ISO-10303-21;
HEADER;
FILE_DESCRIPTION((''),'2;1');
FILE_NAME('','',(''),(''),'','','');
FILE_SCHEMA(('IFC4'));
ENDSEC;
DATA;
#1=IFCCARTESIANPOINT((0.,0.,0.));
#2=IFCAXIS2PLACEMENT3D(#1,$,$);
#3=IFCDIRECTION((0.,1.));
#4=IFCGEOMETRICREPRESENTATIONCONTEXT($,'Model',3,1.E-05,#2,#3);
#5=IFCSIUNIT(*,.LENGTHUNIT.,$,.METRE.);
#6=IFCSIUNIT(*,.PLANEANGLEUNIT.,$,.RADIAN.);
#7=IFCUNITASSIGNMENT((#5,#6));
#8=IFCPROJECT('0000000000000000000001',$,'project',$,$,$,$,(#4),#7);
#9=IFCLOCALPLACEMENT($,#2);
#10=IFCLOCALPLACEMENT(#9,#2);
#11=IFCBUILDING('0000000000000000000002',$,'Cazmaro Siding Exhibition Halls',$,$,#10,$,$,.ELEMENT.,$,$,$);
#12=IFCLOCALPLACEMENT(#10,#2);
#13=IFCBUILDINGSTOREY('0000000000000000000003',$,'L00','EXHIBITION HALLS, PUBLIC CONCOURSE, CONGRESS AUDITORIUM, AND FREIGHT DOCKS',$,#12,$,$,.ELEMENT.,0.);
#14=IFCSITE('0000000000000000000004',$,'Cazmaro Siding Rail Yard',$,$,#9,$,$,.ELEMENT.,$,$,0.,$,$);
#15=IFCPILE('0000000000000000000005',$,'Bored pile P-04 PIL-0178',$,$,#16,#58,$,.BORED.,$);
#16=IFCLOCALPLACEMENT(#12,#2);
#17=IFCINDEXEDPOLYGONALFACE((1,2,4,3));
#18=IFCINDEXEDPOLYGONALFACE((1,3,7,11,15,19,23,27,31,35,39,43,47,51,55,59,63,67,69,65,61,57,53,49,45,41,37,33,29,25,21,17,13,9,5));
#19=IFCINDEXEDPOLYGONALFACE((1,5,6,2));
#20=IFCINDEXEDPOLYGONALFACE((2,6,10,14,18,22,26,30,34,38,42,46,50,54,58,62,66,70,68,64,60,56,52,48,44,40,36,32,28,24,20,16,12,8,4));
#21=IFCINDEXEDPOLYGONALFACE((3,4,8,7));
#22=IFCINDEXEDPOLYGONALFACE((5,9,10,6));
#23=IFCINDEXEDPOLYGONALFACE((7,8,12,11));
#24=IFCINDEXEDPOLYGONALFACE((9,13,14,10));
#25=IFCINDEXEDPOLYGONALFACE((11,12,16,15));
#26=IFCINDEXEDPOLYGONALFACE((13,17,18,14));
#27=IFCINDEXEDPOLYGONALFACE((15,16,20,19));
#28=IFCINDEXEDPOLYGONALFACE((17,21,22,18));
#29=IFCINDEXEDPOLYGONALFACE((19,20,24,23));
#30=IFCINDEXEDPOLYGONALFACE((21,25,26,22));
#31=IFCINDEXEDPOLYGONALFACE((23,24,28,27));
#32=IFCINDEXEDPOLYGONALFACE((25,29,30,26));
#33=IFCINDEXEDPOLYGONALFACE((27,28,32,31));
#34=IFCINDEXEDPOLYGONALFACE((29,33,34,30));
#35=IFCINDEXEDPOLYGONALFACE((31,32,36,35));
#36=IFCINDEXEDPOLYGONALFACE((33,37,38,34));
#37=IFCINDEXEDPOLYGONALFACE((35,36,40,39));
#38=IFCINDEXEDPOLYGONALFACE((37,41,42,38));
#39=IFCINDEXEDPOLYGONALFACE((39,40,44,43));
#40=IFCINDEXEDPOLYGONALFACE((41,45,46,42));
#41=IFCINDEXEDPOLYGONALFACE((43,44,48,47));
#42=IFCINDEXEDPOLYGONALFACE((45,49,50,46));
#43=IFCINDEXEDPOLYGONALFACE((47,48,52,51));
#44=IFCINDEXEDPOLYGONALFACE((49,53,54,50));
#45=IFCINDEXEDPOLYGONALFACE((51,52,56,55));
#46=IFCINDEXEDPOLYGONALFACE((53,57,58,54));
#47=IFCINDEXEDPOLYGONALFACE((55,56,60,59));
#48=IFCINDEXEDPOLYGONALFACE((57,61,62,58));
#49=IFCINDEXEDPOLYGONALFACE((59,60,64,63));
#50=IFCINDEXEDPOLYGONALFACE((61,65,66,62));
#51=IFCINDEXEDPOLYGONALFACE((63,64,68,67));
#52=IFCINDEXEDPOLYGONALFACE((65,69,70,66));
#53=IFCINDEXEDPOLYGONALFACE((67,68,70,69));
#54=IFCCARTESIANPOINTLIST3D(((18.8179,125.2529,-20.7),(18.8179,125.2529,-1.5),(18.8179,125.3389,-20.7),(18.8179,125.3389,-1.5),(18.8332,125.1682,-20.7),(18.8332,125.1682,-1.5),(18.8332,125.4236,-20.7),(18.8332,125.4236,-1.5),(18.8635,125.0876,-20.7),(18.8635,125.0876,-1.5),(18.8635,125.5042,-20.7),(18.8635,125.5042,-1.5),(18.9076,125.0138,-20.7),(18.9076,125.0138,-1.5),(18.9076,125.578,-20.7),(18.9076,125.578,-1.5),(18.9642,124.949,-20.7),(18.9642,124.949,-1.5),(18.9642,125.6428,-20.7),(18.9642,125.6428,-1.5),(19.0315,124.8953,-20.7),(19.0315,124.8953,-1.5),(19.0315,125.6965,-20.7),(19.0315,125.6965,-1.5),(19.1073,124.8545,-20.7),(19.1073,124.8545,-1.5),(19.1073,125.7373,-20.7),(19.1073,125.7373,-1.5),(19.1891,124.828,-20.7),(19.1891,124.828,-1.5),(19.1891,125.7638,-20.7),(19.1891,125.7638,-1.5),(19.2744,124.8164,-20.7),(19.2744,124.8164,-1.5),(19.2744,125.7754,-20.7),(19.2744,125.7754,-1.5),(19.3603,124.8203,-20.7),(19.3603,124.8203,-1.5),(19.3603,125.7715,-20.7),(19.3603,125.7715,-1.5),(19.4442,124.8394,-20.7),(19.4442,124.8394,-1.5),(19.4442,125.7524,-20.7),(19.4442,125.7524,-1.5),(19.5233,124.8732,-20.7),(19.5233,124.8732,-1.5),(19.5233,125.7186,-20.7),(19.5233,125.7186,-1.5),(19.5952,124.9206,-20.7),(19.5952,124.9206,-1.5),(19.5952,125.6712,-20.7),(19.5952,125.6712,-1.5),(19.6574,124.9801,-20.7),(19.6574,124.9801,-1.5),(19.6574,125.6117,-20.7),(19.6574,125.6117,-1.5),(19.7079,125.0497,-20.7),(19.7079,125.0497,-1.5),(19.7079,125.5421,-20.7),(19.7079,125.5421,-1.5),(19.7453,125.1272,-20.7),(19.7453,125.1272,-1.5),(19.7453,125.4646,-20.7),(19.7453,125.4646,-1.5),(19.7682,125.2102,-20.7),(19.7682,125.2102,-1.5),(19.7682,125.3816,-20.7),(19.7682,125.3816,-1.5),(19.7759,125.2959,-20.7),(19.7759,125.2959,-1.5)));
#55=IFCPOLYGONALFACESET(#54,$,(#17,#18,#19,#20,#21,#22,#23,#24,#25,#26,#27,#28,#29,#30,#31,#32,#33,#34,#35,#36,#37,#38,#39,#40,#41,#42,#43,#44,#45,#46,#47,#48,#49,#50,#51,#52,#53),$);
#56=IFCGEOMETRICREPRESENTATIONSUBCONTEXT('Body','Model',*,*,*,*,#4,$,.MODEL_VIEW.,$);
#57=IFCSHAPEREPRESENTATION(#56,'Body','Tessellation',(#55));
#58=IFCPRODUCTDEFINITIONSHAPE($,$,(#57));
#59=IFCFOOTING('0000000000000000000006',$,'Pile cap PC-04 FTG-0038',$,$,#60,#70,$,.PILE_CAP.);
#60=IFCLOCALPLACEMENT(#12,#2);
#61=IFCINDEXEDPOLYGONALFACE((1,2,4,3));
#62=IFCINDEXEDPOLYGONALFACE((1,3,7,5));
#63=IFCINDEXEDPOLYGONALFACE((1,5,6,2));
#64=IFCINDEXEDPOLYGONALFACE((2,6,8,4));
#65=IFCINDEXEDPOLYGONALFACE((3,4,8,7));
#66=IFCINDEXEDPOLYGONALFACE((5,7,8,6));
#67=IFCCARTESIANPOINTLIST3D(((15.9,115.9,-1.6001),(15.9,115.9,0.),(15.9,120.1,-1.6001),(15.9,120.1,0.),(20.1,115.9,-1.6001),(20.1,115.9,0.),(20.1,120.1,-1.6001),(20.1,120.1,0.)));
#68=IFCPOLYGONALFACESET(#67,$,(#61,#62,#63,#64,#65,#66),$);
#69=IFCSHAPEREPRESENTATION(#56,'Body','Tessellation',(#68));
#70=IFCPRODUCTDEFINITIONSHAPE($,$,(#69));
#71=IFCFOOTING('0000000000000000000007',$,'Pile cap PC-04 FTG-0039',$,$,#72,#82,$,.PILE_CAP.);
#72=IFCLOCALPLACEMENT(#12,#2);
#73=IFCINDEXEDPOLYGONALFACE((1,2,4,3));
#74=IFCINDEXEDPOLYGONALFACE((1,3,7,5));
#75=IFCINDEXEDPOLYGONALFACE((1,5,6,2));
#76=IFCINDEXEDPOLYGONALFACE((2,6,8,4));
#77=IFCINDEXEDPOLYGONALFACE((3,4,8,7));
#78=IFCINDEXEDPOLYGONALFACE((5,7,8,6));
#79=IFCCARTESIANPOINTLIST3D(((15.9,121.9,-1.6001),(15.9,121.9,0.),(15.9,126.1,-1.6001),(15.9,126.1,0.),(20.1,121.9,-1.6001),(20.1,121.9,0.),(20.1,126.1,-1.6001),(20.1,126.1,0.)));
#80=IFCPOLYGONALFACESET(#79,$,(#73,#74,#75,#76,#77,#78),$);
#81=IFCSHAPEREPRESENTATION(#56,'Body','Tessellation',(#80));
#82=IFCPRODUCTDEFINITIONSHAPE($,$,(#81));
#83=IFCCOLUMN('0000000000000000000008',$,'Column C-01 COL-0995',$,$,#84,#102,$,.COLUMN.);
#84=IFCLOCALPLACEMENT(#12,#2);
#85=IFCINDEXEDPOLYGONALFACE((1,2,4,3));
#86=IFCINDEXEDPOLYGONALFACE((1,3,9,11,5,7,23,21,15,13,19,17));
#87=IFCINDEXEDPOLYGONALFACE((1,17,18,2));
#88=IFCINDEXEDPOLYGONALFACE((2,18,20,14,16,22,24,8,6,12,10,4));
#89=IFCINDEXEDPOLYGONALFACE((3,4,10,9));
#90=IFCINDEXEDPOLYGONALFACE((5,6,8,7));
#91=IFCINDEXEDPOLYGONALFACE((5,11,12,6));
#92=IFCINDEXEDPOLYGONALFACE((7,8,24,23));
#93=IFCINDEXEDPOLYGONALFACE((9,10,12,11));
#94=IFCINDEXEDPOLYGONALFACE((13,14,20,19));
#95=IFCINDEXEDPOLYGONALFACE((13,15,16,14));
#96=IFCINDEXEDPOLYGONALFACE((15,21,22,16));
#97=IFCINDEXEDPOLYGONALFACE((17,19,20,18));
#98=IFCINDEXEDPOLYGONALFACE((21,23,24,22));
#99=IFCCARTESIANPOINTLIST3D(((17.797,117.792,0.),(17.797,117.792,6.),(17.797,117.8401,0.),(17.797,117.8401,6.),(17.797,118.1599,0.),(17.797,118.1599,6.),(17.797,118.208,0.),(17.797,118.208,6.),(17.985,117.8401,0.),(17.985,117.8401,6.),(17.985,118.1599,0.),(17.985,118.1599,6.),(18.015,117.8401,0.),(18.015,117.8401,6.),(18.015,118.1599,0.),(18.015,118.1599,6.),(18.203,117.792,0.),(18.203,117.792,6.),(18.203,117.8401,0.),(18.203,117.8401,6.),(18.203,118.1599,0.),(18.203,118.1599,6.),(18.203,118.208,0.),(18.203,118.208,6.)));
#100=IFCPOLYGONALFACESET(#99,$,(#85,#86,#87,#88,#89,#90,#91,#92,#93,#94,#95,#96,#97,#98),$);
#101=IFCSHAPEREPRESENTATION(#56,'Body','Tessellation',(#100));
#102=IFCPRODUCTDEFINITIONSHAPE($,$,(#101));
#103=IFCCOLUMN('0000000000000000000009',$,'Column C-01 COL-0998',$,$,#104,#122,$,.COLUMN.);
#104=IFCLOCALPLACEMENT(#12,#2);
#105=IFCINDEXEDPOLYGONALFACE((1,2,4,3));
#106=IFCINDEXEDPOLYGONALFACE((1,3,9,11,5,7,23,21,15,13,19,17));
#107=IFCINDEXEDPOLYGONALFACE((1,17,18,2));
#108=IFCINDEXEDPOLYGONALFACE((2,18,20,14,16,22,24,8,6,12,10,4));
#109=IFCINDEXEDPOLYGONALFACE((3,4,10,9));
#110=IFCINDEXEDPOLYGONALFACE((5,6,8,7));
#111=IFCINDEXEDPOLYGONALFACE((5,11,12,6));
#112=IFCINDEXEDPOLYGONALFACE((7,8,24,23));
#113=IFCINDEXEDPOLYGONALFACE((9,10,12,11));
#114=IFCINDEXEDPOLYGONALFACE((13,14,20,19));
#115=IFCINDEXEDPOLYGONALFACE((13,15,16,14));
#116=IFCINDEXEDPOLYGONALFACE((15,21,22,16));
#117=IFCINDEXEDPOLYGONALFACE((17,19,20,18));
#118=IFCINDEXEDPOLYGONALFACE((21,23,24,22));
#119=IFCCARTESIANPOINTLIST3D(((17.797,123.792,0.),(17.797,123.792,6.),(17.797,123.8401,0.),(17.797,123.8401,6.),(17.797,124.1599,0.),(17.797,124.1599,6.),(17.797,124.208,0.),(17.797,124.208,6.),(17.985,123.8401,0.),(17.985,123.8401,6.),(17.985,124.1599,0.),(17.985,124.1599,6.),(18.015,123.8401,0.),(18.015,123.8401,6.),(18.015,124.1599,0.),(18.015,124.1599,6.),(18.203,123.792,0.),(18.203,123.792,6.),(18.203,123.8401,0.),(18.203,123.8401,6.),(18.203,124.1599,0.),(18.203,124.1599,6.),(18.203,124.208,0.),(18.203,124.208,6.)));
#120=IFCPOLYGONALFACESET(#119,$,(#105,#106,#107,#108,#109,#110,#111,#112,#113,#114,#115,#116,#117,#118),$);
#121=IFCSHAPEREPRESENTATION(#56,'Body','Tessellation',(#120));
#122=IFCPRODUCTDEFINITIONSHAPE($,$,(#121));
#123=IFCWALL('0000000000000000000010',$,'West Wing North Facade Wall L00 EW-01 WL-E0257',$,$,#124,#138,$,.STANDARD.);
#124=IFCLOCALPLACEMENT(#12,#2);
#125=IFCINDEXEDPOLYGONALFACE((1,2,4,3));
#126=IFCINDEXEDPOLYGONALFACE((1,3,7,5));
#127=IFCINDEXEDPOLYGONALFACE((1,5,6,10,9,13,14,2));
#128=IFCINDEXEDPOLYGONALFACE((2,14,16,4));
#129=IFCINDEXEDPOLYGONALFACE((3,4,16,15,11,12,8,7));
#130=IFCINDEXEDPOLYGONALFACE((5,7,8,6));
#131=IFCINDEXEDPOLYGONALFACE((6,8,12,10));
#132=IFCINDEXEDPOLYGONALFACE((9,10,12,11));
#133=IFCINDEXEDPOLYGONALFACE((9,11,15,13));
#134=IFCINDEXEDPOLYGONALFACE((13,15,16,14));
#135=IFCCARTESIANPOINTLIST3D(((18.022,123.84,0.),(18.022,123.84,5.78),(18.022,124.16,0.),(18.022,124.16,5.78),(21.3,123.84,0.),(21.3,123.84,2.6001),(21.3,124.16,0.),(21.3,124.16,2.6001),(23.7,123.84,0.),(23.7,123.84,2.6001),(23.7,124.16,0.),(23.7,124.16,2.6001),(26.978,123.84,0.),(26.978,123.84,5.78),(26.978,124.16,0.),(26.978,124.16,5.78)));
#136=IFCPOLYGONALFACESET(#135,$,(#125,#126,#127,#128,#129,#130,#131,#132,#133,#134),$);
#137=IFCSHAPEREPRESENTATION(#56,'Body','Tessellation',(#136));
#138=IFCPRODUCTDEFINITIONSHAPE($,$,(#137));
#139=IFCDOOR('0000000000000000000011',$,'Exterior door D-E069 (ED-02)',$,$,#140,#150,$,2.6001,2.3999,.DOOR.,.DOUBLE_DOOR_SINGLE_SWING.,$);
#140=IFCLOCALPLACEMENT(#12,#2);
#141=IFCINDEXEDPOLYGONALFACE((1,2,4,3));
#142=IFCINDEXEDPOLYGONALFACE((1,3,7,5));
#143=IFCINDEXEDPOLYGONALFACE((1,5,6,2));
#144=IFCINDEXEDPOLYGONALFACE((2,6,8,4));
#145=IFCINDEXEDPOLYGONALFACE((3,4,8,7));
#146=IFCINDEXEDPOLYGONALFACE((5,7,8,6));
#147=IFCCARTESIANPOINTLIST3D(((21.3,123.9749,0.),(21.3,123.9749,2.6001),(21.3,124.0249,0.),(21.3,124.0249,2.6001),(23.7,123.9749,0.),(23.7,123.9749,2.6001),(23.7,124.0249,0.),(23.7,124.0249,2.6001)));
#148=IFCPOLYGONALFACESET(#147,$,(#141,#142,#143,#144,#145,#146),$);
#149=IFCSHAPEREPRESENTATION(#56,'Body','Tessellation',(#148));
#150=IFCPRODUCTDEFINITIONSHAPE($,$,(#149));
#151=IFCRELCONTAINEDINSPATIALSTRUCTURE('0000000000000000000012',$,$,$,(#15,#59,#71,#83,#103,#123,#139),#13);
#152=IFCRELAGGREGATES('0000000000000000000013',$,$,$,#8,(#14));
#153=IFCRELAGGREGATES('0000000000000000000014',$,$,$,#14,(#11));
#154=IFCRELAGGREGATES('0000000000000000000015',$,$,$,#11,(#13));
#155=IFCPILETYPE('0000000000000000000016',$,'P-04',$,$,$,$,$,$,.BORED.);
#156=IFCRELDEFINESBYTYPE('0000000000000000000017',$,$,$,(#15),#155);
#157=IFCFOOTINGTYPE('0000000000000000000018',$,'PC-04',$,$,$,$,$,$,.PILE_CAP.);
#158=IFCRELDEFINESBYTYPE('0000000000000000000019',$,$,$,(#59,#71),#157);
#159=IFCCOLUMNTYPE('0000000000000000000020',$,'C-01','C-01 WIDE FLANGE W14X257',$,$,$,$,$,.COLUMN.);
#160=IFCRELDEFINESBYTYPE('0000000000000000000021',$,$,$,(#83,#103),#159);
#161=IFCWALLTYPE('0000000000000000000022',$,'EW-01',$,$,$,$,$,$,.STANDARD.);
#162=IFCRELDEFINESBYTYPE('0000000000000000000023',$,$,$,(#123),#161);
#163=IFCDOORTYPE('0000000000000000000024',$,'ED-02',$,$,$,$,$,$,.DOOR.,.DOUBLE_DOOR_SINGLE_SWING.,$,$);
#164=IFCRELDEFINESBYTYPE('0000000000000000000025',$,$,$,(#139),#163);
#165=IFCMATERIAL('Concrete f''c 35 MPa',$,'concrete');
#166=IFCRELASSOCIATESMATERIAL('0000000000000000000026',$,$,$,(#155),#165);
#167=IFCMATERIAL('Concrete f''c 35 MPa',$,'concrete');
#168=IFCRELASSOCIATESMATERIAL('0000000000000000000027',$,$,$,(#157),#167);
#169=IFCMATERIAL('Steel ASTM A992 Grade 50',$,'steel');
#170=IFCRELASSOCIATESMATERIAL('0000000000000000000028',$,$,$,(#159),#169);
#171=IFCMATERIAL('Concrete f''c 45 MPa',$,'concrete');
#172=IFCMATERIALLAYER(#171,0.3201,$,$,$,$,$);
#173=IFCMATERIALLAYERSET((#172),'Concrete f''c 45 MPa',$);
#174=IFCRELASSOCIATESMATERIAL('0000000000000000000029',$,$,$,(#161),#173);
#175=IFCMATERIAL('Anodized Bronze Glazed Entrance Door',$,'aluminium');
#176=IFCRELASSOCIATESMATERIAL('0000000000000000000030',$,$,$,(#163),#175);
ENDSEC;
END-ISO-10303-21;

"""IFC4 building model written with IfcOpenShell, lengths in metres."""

from ifc_helpers import new_model, si_unit, direction, frame, frame_2d, origin, origin_2d, place, context, subcontext, project, spatial, rectangle, circle, i_section, extrude, material, layer, layer_set, material_profile, profile_set, type_object, element, fill, save


model = new_model("IFC4")

# Units and contexts
model_context = context("Model", 3, precision=1e-05, world=origin(), true_north=direction((0.0, 1.0)))
body_context = subcontext(model_context, "Body", "Model", "MODEL_VIEW")
ifc_project = project(units=[si_unit("LENGTHUNIT", "METRE"), si_unit("PLANEANGLEUNIT", "RADIAN")], contexts=[model_context])

# Site, building, storey
site_placement = place(None, origin())
site = spatial("IfcSite", under=ifc_project, at=site_placement, Name="Cazmaro Siding Rail Yard", CompositionType="ELEMENT", RefElevation=0.0)
building_placement = place(site_placement, origin())
building = spatial("IfcBuilding", under=site, at=building_placement, Name="Cazmaro Siding Exhibition Halls", CompositionType="ELEMENT")
storey_placement = place(building_placement, origin())
storey = spatial("IfcBuildingStorey", under=building, at=storey_placement, Name="L00", Description="EXHIBITION HALLS, PUBLIC CONCOURSE, CONGRESS AUDITORIUM, AND FREIGHT DOCKS", CompositionType="ELEMENT", Elevation=0.0)

# Pile
ifc_material_1 = material(Name="Concrete f'c 35 MPa", Category="concrete")
ifc_material_profile_1 = material_profile(ifc_material_1, circle(Radius=0.48, at=origin_2d()), Name="CIDH-960")
ifc_profile_set_1 = profile_set([ifc_material_profile_1], Name="Concrete f'c 35 MPa")
pile_type = type_object("IfcPileType", Name="P-04", PredefinedType="BORED", material=ifc_profile_set_1)
for number, where, z_axis, x_axis, name in (
    (1, (19.2959, 125.2959, -1.5), (0.0, 0.0, -1.0), (1.0, 0.0, 0.0), "Bored pile P-04 PIL-0178"),
):
    element("IfcPile", number, at=place(storey_placement, frame(where, z_axis=z_axis, x_axis=x_axis)), inside=storey, type_object=pile_type, Name=name, PredefinedType="BORED", context=body_context, shape_type="SweptSolid", body=[
        extrude(circle(Radius=0.48, at=origin_2d()), origin(), (0.0, 0.0, 1.0), 19.2),
    ])

# Footings
ifc_material_2 = material(Name="Concrete f'c 35 MPa", Category="concrete")
footing_type = type_object("IfcFootingType", Name="PC-04", PredefinedType="PILE_CAP", material=ifc_material_2)
for number, where, z_axis, x_axis, name in (
    (2, (18.0, 118.0, -1.6001), (0.0, 0.0, 1.0), (1.0, 0.0, 0.0), "Pile cap PC-04 FTG-0038"),
    (3, (18.0, 124.0, -1.6001), (0.0, 0.0, 1.0), (1.0, 0.0, 0.0), "Pile cap PC-04 FTG-0039"),
):
    element("IfcFooting", number, at=place(storey_placement, frame(where, z_axis=z_axis, x_axis=x_axis)), inside=storey, type_object=footing_type, Name=name, PredefinedType="PILE_CAP", context=body_context, shape_type="SweptSolid", body=[
        extrude(rectangle(XDim=4.2, YDim=4.2, at=origin_2d()), origin(), (0.0, 0.0, 1.0), 1.6001),
    ])

# Columns
ifc_material_3 = material(Name="Steel ASTM A992 Grade 50", Category="steel")
ifc_material_profile_2 = material_profile(ifc_material_3, i_section(OverallWidth=0.406, OverallDepth=0.416, WebThickness=0.03, FlangeThickness=0.0481, at=origin_2d()), Name="W14X257")
ifc_profile_set_2 = profile_set([ifc_material_profile_2], Name="Steel ASTM A992 Grade 50")
column_type = type_object("IfcColumnType", Name="C-01", Description="C-01 WIDE FLANGE W14X257", PredefinedType="COLUMN", material=ifc_profile_set_2)
for number, where, z_axis, x_axis, name in (
    (4, (18.0, 118.0, 0.0), (0.0, 0.0, 1.0), (1.0, 0.0, 0.0), "Column C-01 COL-0995"),
    (5, (18.0, 124.0, 0.0), (0.0, 0.0, 1.0), (1.0, 0.0, 0.0), "Column C-01 COL-0998"),
):
    element("IfcColumn", number, at=place(storey_placement, frame(where, z_axis=z_axis, x_axis=x_axis)), inside=storey, type_object=column_type, Name=name, PredefinedType="COLUMN", context=body_context, shape_type="SweptSolid", body=[
        extrude(i_section(OverallWidth=0.406, OverallDepth=0.416, WebThickness=0.03, FlangeThickness=0.0481, at=origin_2d()), origin(), (0.0, 0.0, 1.0), 6.0),
    ])

# Wall, opening, door
ifc_material_4 = material(Name="Concrete f'c 45 MPa", Category="concrete")
ifc_layer = layer(ifc_material_4, 0.3201)
ifc_layer_set = layer_set([ifc_layer], Name="Concrete f'c 45 MPa")
wall_type = type_object("IfcWallType", Name="EW-01", PredefinedType="STANDARD", material=ifc_layer_set)
wall_placement = place(storey_placement, frame((18.022, 124.0, 0.0), z_axis=(0.0, 0.0, 1.0), x_axis=(1.0, 0.0, 0.0)))
wall = element("IfcWall", 6, at=wall_placement, inside=storey, type_object=wall_type, Name="West Wing North Facade Wall L00 EW-01 WL-E0257", PredefinedType="STANDARD", context=body_context, shape_type="SweptSolid", body=[
    extrude(rectangle(XDim=8.9561, YDim=0.3201, at=frame_2d((4.478, 0.0))), origin(), (0.0, 0.0, 1.0), 5.78),
])
opening_placement = place(wall_placement, frame((3.2781, 0.0, 0.0)))
opening = element("IfcOpeningElement", 7, at=opening_placement, cuts=wall, PredefinedType="OPENING", context=body_context, shape_type="SweptSolid", body=[
    extrude(rectangle(XDim=2.3999, YDim=2.6001, at=frame_2d((1.2, 1.3))), frame((0.0, 0.1699, 0.0), z_axis=(0.0, -1.0, 0.0), x_axis=(1.0, 0.0, 0.0)), (0.0, 0.0, 1.0), 0.3401),
])
ifc_material_5 = material(Name="Anodized Bronze Glazed Entrance Door", Category="aluminium")
door_type = type_object("IfcDoorType", Name="ED-02", OperationType="DOUBLE_DOOR_SINGLE_SWING", PredefinedType="DOOR", material=ifc_material_5)
door_placement = place(opening_placement, origin())
door = element("IfcDoor", 8, at=door_placement, inside=storey, type_object=door_type, Name="Exterior door D-E069 (ED-02)", OperationType="DOUBLE_DOOR_SINGLE_SWING", OverallHeight=2.6001, OverallWidth=2.3999, PredefinedType="DOOR", context=body_context, shape_type="SweptSolid", body=[
    extrude(rectangle(XDim=2.3999, YDim=2.6001, at=frame_2d((1.2, 1.3))), frame((0.0, 0.0249, 0.0), z_axis=(0.0, -1.0, 0.0), x_axis=(1.0, 0.0, 0.0)), (0.0, 0.0, 1.0), 0.05),
])
fill(opening, door)

save(model, "model.ifc")
